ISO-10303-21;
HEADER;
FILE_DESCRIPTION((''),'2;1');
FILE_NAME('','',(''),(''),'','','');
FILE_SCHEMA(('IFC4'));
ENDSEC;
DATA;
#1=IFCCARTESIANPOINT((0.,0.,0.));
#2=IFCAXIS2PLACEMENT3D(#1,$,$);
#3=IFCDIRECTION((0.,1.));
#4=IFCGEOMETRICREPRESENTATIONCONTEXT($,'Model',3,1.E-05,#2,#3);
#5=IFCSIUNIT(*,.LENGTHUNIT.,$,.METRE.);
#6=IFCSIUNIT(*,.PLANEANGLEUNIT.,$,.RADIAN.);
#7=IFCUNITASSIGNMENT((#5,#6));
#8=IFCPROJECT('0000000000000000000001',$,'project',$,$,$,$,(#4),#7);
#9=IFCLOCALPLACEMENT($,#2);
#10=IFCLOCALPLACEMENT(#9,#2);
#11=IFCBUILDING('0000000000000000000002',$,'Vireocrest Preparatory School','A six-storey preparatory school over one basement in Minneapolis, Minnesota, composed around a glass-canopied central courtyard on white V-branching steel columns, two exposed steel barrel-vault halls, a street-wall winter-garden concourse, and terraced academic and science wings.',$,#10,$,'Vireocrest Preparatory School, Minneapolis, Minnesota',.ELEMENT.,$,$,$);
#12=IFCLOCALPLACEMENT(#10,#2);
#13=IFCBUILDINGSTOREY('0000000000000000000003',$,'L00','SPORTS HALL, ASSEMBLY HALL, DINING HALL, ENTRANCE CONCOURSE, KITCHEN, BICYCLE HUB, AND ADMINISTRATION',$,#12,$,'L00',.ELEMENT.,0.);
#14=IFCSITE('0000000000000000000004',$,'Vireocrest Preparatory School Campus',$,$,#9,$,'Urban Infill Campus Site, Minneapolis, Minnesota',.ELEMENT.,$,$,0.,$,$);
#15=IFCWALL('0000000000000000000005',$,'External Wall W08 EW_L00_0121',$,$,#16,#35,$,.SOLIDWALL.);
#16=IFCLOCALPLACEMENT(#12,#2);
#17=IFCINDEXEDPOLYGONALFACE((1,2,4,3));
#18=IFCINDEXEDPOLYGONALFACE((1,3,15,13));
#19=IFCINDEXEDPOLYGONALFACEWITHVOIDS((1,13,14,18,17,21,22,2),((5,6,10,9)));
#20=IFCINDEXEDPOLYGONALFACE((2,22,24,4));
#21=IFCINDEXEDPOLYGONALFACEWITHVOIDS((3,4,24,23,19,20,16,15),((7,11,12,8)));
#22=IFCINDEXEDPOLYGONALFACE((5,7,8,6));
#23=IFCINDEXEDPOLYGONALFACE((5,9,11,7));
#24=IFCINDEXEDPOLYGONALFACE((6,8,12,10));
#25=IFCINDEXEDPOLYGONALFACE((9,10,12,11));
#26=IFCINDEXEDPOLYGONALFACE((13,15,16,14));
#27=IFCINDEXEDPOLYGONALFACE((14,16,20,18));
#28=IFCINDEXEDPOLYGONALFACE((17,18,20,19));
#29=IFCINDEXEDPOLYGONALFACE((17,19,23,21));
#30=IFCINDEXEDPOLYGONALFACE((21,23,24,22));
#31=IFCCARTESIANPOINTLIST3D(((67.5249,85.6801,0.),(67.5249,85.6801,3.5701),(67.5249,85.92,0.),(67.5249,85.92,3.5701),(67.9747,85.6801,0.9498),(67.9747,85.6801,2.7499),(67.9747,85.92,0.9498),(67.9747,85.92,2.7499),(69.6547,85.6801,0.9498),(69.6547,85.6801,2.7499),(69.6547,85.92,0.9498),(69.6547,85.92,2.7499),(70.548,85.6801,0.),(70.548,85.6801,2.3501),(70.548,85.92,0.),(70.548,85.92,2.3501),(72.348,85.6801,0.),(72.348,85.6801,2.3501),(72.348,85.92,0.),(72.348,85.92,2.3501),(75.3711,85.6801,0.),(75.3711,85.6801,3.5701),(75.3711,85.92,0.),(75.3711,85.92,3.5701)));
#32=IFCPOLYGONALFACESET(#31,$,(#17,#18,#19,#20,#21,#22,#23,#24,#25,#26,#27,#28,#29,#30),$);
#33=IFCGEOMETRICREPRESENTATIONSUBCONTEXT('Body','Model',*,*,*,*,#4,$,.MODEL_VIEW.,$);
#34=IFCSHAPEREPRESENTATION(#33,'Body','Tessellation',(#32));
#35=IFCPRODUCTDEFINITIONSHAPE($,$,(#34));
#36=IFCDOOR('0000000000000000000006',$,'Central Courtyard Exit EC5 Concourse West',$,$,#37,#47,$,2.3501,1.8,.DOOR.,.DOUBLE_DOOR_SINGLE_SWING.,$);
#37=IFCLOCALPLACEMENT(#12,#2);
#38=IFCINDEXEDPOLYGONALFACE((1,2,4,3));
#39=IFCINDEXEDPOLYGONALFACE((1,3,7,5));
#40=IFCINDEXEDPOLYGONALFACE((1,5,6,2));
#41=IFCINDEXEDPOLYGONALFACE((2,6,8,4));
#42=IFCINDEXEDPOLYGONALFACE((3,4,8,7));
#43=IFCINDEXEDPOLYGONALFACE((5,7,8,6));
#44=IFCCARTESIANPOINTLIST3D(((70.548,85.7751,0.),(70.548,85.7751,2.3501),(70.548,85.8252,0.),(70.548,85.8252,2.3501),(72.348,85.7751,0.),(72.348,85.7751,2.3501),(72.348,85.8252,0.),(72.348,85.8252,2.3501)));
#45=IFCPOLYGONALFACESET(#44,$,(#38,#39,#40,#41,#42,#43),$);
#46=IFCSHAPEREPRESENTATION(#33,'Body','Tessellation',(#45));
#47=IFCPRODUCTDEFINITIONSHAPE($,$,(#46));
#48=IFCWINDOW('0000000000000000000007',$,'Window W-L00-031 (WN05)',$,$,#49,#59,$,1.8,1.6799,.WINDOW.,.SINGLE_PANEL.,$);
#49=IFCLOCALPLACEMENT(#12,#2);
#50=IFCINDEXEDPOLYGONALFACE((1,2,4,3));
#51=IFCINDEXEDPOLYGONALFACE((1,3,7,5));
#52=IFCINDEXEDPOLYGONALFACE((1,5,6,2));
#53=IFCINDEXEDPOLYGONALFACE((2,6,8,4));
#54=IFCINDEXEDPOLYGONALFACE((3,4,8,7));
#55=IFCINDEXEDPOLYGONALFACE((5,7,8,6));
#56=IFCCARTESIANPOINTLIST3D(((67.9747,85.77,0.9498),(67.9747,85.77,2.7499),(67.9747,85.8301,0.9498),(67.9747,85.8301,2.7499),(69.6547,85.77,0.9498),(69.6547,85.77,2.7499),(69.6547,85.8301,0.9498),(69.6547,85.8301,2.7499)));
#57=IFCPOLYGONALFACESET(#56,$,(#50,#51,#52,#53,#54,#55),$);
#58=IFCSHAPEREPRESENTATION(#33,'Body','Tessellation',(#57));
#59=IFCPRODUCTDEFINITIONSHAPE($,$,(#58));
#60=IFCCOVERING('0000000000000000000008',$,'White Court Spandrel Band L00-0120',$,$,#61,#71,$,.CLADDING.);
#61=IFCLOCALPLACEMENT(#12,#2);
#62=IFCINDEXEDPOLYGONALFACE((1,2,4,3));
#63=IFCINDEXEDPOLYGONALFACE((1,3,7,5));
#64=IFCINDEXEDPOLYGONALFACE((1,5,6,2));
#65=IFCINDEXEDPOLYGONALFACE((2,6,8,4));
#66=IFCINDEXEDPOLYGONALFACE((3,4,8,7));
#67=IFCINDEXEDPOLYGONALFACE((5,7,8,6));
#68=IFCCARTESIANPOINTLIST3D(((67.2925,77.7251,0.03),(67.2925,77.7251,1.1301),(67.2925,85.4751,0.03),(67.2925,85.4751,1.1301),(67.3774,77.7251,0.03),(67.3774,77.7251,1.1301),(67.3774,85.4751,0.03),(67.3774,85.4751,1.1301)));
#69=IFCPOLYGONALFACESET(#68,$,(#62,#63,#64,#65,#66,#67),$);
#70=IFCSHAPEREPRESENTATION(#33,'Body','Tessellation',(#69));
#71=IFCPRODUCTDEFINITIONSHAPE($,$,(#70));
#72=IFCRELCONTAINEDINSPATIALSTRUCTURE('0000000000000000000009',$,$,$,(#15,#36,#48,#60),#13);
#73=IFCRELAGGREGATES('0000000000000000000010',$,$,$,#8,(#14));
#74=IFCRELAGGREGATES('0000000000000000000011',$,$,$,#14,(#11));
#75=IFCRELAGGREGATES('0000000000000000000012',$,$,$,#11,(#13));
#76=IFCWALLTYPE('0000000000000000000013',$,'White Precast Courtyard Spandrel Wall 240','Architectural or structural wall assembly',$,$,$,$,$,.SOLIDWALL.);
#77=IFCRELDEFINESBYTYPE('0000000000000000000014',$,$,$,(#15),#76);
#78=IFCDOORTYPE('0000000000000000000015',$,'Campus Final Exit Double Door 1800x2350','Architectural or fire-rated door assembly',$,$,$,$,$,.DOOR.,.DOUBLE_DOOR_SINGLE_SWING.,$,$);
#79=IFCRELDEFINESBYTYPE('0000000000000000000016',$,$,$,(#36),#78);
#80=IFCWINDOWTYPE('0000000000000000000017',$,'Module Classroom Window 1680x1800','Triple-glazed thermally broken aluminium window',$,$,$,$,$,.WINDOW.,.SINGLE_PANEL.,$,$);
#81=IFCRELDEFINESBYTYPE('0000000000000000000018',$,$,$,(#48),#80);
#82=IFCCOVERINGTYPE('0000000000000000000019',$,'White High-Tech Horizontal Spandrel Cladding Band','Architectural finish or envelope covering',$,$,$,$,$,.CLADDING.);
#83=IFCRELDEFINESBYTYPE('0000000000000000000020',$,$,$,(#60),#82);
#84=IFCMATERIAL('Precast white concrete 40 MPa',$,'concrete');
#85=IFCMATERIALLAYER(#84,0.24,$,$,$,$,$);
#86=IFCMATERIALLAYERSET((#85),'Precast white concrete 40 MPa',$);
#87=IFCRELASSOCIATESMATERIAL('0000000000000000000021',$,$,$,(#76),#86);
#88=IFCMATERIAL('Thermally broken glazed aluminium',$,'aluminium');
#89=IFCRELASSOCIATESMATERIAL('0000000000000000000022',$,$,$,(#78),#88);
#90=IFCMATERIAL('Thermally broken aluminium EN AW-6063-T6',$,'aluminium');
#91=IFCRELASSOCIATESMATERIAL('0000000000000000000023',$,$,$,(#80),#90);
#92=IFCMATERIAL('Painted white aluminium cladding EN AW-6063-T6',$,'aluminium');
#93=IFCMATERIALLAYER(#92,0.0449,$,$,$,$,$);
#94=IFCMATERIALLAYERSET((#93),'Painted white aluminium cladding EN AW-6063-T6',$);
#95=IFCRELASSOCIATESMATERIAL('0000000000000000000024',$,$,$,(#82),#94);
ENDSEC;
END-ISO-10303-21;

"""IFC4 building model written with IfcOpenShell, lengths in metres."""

from ifc_helpers import new_model, si_unit, direction, frame, frame_2d, origin, origin_2d, place, context, subcontext, project, spatial, rectangle, extrude, material, layer, layer_set, type_object, element, fill, save


model = new_model("IFC4")

# Units and contexts
model_context = context("Model", 3, precision=1e-05, world=origin(), true_north=direction((0.0, 1.0)))
body_context = subcontext(model_context, "Body", "Model", "MODEL_VIEW")
ifc_project = project(units=[si_unit("LENGTHUNIT", "METRE"), si_unit("PLANEANGLEUNIT", "RADIAN")], contexts=[model_context])

# Site, building, storey
site_placement = place(None, origin())
site = spatial("IfcSite", under=ifc_project, at=site_placement, Name="Vireocrest Preparatory School Campus", LongName="Urban Infill Campus Site, Minneapolis, Minnesota", CompositionType="ELEMENT", RefElevation=0.0)
building_placement = place(site_placement, origin())
building = spatial("IfcBuilding", under=site, at=building_placement, Name="Vireocrest Preparatory School", Description="A six-storey preparatory school over one basement in Minneapolis, Minnesota, composed around a glass-canopied central courtyard on white V-branching steel columns, two exposed steel barrel-vault halls, a street-wall winter-garden concourse, and terraced academic and science wings.", LongName="Vireocrest Preparatory School, Minneapolis, Minnesota", CompositionType="ELEMENT")
storey_placement = place(building_placement, origin())
storey = spatial("IfcBuildingStorey", under=building, at=storey_placement, Name="L00", Description="SPORTS HALL, ASSEMBLY HALL, DINING HALL, ENTRANCE CONCOURSE, KITCHEN, BICYCLE HUB, AND ADMINISTRATION", LongName="L00", CompositionType="ELEMENT", Elevation=0.0)

# Shared definitions
ifc_material_1 = material(Name="Thermally broken aluminium EN AW-6063-T6", Category="aluminium")

# Wall, openings, door, window
ifc_material_2 = material(Name="Precast white concrete 40 MPa", Category="concrete")
ifc_layer_1 = layer(ifc_material_2, 0.24)
ifc_layer_set_1 = layer_set([ifc_layer_1], Name="Precast white concrete 40 MPa")
wall_type = type_object("IfcWallType", Name="White Precast Courtyard Spandrel Wall 240", Description="Architectural or structural wall assembly", PredefinedType="SOLIDWALL", material=ifc_layer_set_1)
wall_placement = place(storey_placement, frame((67.5249, 85.8, 0.0), z_axis=(0.0, 0.0, 1.0), x_axis=(1.0, 0.0, 0.0)))
wall = element("IfcWall", 1, at=wall_placement, inside=storey, type_object=wall_type, Name="External Wall W08 EW_L00_0121", PredefinedType="SOLIDWALL", context=body_context, shape_type="SweptSolid", body=[
    extrude(rectangle(XDim=7.8462, YDim=0.24, at=frame_2d((3.9231, 0.0))), origin(), (0.0, 0.0, 1.0), 3.5701),
])
opening_1_placement = place(wall_placement, frame((4.823, 0.0, 0.0), z_axis=(0.0, 0.0, 1.0), x_axis=(-1.0, 0.0, 0.0)))
opening_1 = element("IfcOpeningElement", 2, at=opening_1_placement, cuts=wall, PredefinedType="OPENING", context=body_context, shape_type="SweptSolid", body=[
    extrude(rectangle(XDim=1.8, YDim=2.3501, at=frame_2d((0.8999, 1.175))), frame((0.0, 0.1299, 0.0), z_axis=(0.0, -1.0, 0.0), x_axis=(1.0, 0.0, 0.0)), (0.0, 0.0, 1.0), 0.26),
])
opening_2_placement = place(wall_placement, frame((0.45, 0.0, 0.95)))
opening_2 = element("IfcOpeningElement", 3, at=opening_2_placement, cuts=wall, PredefinedType="OPENING", context=body_context, shape_type="SweptSolid", body=[
    extrude(rectangle(XDim=1.6799, YDim=1.8, at=frame_2d((0.8398, 0.8999))), frame((0.0, 0.1299, 0.0), z_axis=(0.0, -1.0, 0.0), x_axis=(1.0, 0.0, 0.0)), (0.0, 0.0, 1.0), 0.26),
])
ifc_material_3 = material(Name="Thermally broken glazed aluminium", Category="aluminium")
door_type = type_object("IfcDoorType", Name="Campus Final Exit Double Door 1800x2350", Description="Architectural or fire-rated door assembly", OperationType="DOUBLE_DOOR_SINGLE_SWING", PredefinedType="DOOR", material=ifc_material_3)
door_placement = place(opening_1_placement, origin())
door = element("IfcDoor", 4, at=door_placement, inside=storey, type_object=door_type, Name="Central Courtyard Exit EC5 Concourse West", OperationType="DOUBLE_DOOR_SINGLE_SWING", OverallHeight=2.3501, OverallWidth=1.8, PredefinedType="DOOR", context=body_context, shape_type="SweptSolid", body=[
    extrude(rectangle(XDim=1.8, YDim=2.3501, at=frame_2d((0.8999, 1.175))), frame((0.0, 0.0249, 0.0), z_axis=(0.0, -1.0, 0.0), x_axis=(1.0, 0.0, 0.0)), (0.0, 0.0, 1.0), 0.05),
])
fill(opening_1, door)
window_type = type_object("IfcWindowType", Name="Module Classroom Window 1680x1800", Description="Triple-glazed thermally broken aluminium window", PartitioningType="SINGLE_PANEL", PredefinedType="WINDOW", material=ifc_material_1)
window_placement = place(opening_2_placement, origin())
window = element("IfcWindow", 5, at=window_placement, inside=storey, type_object=window_type, Name="Window W-L00-031 (WN05)", OverallHeight=1.8, OverallWidth=1.6799, PartitioningType="SINGLE_PANEL", PredefinedType="WINDOW", context=body_context, shape_type="SweptSolid", body=[
    extrude(rectangle(XDim=1.6799, YDim=1.8, at=frame_2d((0.8398, 0.8999))), frame((0.0, 0.03, 0.0), z_axis=(0.0, -1.0, 0.0), x_axis=(1.0, 0.0, 0.0)), (0.0, 0.0, 1.0), 0.0601),
])
fill(opening_2, window)

# Covering
ifc_material_4 = material(Name="Painted white aluminium cladding EN AW-6063-T6", Category="aluminium")
ifc_layer_2 = layer(ifc_material_4, 0.0449)
ifc_layer_set_2 = layer_set([ifc_layer_2], Name="Painted white aluminium cladding EN AW-6063-T6")
covering_type = type_object("IfcCoveringType", Name="White High-Tech Horizontal Spandrel Cladding Band", Description="Architectural finish or envelope covering", PredefinedType="CLADDING", material=ifc_layer_set_2)
covering_placement = place(storey_placement, frame((67.335, 81.6001, 0.03), z_axis=(0.0, 0.0, 1.0), x_axis=(1.0, 0.0, 0.0)))
element("IfcCovering", 6, at=covering_placement, inside=storey, type_object=covering_type, Name="White Court Spandrel Band L00-0120", PredefinedType="CLADDING", context=body_context, shape_type="SweptSolid", body=[
    extrude(rectangle(XDim=0.085, YDim=7.75, at=origin_2d()), origin(), (0.0, 0.0, 1.0), 1.1001),
])

save(model, "model.ifc")
